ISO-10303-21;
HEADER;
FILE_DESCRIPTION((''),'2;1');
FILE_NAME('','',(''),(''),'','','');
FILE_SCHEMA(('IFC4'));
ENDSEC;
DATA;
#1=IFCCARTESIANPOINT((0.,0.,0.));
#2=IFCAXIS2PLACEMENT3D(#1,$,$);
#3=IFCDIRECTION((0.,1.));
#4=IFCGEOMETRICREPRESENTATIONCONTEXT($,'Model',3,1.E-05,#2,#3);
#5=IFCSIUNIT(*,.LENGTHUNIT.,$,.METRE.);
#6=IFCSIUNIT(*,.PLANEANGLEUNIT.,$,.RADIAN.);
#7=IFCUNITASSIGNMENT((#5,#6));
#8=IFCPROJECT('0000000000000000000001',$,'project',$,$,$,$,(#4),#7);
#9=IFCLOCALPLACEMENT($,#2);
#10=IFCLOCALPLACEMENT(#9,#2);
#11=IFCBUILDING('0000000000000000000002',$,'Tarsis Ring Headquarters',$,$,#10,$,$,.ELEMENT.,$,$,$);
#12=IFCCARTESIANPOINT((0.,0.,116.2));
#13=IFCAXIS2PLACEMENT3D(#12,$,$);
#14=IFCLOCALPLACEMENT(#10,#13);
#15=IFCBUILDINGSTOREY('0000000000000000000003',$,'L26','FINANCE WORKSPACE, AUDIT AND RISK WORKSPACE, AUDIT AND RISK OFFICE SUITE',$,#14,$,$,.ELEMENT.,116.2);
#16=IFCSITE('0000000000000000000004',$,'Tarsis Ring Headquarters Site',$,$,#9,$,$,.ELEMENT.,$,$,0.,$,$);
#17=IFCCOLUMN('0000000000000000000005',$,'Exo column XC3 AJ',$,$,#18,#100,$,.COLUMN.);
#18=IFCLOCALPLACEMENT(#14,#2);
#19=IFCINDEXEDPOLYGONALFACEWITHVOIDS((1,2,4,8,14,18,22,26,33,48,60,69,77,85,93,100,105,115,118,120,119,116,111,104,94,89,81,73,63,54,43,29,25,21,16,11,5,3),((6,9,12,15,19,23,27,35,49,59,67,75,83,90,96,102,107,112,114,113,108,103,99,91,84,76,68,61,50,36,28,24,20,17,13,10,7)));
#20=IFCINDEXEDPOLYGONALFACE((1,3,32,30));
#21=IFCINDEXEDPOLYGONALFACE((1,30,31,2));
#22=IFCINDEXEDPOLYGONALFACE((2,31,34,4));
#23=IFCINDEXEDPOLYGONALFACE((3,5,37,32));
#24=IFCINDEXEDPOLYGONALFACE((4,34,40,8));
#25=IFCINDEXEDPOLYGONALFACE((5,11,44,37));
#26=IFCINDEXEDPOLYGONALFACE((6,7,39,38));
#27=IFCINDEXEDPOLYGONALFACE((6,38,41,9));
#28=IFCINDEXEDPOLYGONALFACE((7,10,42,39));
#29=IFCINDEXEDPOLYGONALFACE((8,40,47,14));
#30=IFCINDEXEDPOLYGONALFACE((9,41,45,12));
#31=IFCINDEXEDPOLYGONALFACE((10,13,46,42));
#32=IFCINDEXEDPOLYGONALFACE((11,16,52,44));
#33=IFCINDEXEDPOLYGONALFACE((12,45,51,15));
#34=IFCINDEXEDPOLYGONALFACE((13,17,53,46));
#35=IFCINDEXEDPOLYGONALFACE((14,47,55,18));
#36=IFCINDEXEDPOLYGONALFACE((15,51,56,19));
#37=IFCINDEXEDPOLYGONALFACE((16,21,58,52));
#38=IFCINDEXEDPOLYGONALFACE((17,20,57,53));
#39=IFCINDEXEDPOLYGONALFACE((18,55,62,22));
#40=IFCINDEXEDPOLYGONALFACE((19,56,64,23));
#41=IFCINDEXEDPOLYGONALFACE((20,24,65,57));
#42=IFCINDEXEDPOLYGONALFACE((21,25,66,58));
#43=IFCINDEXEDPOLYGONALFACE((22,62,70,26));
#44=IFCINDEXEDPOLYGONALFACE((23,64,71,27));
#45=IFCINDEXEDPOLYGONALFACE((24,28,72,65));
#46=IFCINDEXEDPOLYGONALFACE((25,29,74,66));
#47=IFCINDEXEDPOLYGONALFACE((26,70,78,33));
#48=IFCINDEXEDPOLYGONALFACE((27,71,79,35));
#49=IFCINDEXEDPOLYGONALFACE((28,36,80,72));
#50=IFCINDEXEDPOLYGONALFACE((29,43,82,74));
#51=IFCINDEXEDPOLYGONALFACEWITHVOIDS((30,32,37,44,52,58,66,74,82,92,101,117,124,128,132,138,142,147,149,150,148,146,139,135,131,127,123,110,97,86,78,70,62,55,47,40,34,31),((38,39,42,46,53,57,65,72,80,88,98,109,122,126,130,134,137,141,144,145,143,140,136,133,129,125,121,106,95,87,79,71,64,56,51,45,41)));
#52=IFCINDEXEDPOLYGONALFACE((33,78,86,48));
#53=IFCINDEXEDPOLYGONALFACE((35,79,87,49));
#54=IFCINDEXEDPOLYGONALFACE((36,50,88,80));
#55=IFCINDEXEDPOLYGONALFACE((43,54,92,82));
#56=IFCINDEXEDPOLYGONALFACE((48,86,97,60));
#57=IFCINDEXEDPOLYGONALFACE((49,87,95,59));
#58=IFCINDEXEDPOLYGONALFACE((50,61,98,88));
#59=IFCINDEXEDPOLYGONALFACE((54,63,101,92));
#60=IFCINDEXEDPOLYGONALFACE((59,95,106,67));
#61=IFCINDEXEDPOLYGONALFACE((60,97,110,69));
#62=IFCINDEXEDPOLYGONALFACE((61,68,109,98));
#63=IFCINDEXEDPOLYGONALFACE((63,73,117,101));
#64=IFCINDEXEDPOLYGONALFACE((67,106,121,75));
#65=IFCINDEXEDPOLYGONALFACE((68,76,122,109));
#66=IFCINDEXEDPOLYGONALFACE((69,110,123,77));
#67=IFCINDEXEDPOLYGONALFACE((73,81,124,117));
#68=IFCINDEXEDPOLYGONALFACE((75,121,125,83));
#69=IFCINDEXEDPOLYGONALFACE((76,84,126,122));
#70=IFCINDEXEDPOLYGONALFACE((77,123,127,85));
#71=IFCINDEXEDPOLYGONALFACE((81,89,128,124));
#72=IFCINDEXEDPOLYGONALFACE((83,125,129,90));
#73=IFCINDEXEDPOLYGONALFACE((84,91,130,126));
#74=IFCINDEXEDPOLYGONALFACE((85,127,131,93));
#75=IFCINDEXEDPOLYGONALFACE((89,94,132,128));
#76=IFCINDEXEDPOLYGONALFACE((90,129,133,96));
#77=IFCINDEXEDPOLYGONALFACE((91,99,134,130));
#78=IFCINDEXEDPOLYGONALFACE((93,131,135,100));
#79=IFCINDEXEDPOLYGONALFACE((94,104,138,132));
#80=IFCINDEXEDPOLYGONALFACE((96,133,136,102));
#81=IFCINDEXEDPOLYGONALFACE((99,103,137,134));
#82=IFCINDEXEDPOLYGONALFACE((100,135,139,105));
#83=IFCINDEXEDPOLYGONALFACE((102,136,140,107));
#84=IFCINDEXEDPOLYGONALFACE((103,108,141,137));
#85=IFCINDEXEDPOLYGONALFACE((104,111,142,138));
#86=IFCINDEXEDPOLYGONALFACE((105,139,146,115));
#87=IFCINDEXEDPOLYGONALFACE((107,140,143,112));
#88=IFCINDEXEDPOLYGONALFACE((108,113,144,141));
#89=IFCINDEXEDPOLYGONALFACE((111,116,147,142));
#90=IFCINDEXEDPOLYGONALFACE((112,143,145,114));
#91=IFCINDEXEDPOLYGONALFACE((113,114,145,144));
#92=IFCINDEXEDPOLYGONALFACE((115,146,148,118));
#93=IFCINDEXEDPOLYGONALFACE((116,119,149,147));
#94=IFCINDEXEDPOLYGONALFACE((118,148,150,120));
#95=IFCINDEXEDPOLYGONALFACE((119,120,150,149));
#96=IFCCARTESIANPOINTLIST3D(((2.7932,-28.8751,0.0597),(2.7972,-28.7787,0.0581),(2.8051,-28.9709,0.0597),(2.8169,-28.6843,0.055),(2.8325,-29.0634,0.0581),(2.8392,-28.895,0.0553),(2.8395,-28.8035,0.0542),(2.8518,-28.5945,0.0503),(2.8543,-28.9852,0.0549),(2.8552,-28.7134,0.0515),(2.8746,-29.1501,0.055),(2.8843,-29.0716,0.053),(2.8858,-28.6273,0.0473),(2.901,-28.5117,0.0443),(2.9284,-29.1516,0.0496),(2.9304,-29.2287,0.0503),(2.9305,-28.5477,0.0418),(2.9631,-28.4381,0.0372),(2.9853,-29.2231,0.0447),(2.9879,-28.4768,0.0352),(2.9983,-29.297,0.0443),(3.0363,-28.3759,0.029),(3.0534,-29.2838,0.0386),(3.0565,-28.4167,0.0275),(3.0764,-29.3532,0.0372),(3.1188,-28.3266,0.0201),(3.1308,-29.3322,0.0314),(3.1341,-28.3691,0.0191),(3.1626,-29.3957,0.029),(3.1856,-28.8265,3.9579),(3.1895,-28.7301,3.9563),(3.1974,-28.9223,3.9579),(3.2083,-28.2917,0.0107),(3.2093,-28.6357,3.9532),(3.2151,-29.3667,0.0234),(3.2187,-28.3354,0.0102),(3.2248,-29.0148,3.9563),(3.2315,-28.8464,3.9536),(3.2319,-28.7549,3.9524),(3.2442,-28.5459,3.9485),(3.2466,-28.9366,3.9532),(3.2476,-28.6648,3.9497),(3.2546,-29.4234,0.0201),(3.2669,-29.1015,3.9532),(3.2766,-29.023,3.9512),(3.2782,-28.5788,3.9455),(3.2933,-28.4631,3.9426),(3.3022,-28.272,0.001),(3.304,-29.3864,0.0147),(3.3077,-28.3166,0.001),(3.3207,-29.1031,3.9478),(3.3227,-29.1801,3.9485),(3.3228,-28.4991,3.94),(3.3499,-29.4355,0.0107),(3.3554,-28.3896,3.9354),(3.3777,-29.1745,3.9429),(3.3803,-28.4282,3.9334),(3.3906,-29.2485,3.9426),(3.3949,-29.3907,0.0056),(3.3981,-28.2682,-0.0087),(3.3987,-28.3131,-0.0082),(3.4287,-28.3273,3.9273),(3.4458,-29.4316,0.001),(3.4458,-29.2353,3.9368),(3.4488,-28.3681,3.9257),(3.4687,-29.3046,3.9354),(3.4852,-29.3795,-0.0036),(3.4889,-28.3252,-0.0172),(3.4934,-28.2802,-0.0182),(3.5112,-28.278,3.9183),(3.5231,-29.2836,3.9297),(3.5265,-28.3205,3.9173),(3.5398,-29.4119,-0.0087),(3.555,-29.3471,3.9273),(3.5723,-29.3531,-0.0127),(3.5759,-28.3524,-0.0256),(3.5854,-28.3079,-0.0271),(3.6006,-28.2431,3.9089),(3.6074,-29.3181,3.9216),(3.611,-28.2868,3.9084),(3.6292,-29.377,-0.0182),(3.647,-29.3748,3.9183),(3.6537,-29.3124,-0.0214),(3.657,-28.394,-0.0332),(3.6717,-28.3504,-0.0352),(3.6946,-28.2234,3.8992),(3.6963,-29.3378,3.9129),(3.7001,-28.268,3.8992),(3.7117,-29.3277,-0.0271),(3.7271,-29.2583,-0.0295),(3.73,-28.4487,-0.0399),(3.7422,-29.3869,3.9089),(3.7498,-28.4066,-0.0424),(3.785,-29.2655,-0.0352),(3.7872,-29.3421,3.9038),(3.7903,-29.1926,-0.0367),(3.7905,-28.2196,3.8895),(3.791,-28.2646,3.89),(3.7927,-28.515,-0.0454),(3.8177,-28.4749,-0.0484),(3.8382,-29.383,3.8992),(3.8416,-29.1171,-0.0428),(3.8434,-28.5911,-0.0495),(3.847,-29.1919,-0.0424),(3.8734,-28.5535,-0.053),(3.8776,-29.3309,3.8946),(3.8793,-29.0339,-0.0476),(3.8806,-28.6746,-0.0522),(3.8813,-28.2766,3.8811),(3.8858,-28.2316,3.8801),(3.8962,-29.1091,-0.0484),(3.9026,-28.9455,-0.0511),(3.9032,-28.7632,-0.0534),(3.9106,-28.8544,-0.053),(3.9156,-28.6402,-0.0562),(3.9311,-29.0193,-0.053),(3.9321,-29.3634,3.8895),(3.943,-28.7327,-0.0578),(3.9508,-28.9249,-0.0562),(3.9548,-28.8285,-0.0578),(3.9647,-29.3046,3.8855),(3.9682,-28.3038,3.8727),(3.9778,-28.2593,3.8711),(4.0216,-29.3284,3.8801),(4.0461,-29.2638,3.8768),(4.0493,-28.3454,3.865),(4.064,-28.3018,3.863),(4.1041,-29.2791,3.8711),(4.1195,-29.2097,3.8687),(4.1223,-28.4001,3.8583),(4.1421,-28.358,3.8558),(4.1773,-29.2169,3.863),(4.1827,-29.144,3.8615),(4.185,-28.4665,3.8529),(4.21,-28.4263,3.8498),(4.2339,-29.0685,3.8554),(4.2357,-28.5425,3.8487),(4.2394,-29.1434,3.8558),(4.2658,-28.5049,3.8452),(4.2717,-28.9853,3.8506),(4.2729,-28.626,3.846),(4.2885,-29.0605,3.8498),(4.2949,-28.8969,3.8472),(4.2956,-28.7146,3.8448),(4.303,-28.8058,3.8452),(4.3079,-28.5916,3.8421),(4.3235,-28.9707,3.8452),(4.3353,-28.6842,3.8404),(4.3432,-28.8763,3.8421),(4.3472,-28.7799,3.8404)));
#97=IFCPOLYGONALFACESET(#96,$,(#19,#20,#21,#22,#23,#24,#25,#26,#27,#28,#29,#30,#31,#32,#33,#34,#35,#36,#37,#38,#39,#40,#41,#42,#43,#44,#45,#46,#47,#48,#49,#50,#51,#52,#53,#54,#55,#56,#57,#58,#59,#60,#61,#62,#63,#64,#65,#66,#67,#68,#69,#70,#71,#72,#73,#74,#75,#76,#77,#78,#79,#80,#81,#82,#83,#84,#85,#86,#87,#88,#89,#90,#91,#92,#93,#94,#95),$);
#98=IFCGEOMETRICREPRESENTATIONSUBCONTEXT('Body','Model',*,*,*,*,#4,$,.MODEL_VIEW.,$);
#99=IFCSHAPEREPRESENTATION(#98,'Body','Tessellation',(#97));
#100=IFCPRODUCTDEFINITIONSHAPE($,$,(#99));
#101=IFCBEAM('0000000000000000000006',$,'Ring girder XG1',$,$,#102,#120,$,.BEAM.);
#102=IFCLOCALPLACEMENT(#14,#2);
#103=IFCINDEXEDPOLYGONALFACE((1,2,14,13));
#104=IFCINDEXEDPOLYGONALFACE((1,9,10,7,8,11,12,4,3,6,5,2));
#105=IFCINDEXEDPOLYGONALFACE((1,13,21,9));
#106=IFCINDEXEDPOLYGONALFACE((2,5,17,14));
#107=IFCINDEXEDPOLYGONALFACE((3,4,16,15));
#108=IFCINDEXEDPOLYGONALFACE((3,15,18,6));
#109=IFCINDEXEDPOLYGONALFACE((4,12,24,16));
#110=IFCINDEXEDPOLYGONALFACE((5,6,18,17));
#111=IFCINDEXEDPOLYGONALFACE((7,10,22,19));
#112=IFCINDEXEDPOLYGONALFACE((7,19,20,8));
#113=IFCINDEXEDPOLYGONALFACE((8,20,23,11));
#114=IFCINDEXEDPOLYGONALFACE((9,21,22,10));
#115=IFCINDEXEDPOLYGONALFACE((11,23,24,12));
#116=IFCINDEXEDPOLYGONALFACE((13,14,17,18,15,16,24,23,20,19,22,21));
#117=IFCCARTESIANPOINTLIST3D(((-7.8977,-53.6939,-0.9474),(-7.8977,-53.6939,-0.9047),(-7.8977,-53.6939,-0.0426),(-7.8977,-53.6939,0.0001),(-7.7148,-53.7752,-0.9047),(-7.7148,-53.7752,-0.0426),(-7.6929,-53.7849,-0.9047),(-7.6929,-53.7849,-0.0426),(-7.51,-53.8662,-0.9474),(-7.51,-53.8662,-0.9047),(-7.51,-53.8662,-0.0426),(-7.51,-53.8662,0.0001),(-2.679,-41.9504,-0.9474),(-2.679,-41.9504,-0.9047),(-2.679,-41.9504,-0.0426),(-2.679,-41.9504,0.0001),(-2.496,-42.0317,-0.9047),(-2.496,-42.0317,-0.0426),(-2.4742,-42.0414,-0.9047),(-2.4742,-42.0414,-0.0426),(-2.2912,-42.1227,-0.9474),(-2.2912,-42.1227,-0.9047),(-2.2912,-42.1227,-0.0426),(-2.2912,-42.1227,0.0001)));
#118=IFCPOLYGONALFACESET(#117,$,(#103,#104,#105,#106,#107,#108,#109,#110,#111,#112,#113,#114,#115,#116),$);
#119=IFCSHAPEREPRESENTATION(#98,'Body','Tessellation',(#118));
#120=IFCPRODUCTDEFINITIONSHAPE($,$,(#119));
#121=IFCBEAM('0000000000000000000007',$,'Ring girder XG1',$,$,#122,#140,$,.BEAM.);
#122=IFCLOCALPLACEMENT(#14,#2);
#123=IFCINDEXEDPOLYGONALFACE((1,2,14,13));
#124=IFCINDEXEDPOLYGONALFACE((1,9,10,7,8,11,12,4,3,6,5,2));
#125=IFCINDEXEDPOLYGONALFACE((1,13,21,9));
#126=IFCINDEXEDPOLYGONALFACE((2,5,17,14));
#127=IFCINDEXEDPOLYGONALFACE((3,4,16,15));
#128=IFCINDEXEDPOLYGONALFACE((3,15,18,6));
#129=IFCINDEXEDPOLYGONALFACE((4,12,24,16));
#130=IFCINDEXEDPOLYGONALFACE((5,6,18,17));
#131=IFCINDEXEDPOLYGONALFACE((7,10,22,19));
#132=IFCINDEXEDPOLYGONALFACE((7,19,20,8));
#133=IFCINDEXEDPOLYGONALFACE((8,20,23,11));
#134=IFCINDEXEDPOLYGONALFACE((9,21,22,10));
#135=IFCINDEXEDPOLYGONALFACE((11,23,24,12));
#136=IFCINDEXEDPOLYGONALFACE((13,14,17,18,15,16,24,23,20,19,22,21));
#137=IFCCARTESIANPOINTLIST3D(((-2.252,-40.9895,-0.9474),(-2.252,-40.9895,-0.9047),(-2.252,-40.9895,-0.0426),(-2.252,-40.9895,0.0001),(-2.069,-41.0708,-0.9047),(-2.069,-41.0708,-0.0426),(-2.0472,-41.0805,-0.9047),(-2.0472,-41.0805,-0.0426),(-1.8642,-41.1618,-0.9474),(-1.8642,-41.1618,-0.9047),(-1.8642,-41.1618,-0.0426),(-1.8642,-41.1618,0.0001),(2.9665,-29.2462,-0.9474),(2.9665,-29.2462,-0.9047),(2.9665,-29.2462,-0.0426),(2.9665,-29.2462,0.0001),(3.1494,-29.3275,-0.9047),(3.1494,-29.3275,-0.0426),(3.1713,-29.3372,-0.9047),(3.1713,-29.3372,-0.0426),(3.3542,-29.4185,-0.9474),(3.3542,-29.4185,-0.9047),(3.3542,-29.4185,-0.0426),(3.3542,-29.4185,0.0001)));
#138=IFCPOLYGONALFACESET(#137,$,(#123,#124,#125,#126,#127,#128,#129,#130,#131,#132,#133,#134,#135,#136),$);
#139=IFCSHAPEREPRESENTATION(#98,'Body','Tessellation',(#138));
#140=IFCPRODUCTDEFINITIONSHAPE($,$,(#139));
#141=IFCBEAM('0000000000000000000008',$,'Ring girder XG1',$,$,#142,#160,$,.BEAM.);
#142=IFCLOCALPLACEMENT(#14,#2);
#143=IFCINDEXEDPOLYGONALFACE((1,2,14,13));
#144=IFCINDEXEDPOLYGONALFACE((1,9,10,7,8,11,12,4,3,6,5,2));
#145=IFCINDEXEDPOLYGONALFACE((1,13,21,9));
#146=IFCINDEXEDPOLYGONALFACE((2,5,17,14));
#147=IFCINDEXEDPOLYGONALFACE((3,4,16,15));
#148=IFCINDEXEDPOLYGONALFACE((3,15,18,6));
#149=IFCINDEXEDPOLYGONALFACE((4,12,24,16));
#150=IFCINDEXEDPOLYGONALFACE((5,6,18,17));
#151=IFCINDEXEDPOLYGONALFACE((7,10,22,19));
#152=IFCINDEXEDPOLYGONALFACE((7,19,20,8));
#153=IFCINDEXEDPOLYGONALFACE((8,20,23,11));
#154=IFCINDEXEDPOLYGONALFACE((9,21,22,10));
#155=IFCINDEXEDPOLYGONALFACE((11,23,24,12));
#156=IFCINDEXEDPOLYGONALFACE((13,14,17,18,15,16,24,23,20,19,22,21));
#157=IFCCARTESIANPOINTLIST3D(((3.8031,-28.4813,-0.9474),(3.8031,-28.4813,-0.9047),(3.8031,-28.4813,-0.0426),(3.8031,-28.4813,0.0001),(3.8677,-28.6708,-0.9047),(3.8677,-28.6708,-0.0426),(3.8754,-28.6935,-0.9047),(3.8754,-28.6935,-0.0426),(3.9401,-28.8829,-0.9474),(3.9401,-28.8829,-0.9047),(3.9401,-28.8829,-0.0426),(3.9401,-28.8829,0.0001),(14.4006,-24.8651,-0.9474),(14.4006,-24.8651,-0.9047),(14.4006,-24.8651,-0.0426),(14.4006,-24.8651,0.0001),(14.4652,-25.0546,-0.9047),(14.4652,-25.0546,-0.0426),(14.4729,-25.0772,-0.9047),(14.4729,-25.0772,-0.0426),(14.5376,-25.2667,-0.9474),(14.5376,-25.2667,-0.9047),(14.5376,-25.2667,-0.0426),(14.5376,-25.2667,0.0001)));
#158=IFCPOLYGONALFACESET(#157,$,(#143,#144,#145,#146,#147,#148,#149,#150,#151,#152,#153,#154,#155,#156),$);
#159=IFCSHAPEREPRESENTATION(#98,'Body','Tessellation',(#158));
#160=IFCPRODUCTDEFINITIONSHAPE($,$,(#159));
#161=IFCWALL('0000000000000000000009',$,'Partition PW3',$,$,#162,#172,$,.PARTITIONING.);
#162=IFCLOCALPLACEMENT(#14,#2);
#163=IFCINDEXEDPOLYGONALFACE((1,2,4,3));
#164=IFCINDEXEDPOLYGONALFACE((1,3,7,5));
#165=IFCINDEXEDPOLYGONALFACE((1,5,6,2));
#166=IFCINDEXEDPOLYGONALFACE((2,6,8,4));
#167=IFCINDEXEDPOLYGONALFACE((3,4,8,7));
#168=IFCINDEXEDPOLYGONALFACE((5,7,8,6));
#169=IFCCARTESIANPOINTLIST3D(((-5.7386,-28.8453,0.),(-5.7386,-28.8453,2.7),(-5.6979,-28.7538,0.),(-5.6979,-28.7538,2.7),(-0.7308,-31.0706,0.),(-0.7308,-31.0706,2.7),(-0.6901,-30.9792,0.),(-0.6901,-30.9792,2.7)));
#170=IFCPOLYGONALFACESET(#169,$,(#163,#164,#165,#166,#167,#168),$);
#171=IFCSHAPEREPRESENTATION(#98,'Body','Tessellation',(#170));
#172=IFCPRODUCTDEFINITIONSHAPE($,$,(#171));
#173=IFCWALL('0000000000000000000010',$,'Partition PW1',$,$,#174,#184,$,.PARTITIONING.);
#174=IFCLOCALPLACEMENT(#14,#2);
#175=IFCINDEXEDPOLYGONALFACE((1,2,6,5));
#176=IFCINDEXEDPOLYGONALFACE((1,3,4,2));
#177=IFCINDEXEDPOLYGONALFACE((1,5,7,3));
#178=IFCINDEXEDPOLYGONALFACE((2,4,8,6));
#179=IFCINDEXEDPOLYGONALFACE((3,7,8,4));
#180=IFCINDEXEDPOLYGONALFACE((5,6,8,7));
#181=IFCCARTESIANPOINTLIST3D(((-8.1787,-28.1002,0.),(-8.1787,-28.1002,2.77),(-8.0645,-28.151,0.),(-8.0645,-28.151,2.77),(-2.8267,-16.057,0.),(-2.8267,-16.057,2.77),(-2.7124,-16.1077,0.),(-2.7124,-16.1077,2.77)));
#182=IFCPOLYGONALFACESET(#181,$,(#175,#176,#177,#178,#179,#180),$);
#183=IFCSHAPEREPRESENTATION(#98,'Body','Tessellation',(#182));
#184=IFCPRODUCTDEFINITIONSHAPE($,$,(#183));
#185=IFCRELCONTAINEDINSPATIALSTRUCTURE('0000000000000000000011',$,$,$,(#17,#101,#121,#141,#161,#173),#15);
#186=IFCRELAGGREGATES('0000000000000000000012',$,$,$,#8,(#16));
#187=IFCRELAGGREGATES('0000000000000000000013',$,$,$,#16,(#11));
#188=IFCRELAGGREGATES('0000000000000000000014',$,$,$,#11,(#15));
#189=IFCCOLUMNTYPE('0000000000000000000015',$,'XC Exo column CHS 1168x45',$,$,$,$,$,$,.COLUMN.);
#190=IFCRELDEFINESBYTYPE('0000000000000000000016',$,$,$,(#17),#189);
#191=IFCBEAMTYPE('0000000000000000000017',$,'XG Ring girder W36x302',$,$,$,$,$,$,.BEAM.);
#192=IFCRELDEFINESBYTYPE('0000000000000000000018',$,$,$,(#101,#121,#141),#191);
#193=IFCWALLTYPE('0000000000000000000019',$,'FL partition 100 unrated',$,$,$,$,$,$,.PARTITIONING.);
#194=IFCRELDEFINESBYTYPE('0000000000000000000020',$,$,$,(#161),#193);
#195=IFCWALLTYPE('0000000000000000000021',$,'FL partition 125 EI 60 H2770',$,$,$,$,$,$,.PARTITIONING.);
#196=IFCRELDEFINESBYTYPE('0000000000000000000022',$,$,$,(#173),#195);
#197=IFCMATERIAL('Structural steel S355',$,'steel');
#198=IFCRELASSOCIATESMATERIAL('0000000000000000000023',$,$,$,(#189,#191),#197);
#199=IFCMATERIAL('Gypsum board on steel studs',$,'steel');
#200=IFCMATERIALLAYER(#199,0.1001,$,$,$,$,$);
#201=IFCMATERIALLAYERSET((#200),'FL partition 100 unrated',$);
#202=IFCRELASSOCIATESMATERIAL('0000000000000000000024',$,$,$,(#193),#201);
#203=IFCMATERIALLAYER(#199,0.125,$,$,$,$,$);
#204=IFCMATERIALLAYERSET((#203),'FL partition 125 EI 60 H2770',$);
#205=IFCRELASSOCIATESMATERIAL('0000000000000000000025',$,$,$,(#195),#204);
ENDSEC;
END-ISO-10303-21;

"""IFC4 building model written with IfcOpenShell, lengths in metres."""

from ifc_helpers import new_model, si_unit, direction, frame, frame_2d, origin, origin_2d, place, context, subcontext, project, spatial, rectangle, hollow_circle, i_section, extrude, material, layer, layer_set, material_profile, profile_set, type_object, element, save


model = new_model("IFC4")

# Units and contexts
model_context = context("Model", 3, precision=1e-05, world=origin(), true_north=direction((0.0, 1.0)))
body_context = subcontext(model_context, "Body", "Model", "MODEL_VIEW")
ifc_project = project(units=[si_unit("LENGTHUNIT", "METRE"), si_unit("PLANEANGLEUNIT", "RADIAN")], contexts=[model_context])

# Site, building, storey
site_placement = place(None, origin())
site = spatial("IfcSite", under=ifc_project, at=site_placement, Name="Tarsis Ring Headquarters Site", CompositionType="ELEMENT", RefElevation=0.0)
building_placement = place(site_placement, origin())
building = spatial("IfcBuilding", under=site, at=building_placement, Name="Tarsis Ring Headquarters", CompositionType="ELEMENT")
storey_placement = place(building_placement, frame((0.0, 0.0, 116.2)))
storey = spatial("IfcBuildingStorey", under=building, at=storey_placement, Name="L26", Description="FINANCE WORKSPACE, AUDIT AND RISK WORKSPACE, AUDIT AND RISK OFFICE SUITE", CompositionType="ELEMENT", Elevation=116.2)

# Column
ifc_material_1 = material(Name="Structural steel S355", Category="steel")
ifc_material_profile_1 = material_profile(ifc_material_1, hollow_circle(Radius=0.5842, WallThickness=0.0449, at=origin_2d()), Name="CHS 1168x45")
ifc_profile_set_1 = profile_set([ifc_material_profile_1], Name="Structural steel S355")
column_type = type_object("IfcColumnType", Name="XC Exo column CHS 1168x45", PredefinedType="COLUMN", material=ifc_profile_set_1)
column_1_placement = place(storey_placement, frame((3.374, -28.8518, 0.001), z_axis=(0.100131, 0.0124, 0.994897), x_axis=(-0.122895, 0.99242, 0.0)))
element("IfcColumn", 1, at=column_1_placement, inside=storey, type_object=column_type, Name="Exo column XC3 AJ", PredefinedType="COLUMN", context=body_context, shape_type="SweptSolid", body=[
    extrude(hollow_circle(Radius=0.5842, WallThickness=0.0449, at=origin_2d()), origin(), (0.0, 0.0, 1.0), 3.9182),
])

# Beams
ifc_material_profile_2 = material_profile(ifc_material_1, i_section(OverallWidth=0.4243, OverallDepth=0.9475, WebThickness=0.0239, FlangeThickness=0.0427, at=origin_2d()), Name="W36x302")
ifc_profile_set_2 = profile_set([ifc_material_profile_2], Name="Structural steel S355")
beam_type = type_object("IfcBeamType", Name="XG Ring girder W36x302", PredefinedType="BEAM", material=ifc_profile_set_2)
beam_1_placement = place(storey_placement, frame((-7.7039, -53.78, -0.4736), z_axis=(0.406103, 0.913827, 0.0), x_axis=(-0.913827, 0.406103, 0.0)))
element("IfcBeam", 2, at=beam_1_placement, inside=storey, type_object=beam_type, Name="Ring girder XG1", PredefinedType="BEAM", context=body_context, shape_type="SweptSolid", body=[
    extrude(i_section(OverallWidth=0.4243, OverallDepth=0.9475, WebThickness=0.0239, FlangeThickness=0.0427, at=origin_2d()), origin(), (0.0, 0.0, 1.0), 12.8508),
])
beam_2_placement = place(storey_placement, frame((-2.0581, -41.0757, -0.4736), z_axis=(0.406087, 0.913834, 0.0), x_axis=(-0.913834, 0.406087, 0.0)))
element("IfcBeam", 3, at=beam_2_placement, inside=storey, type_object=beam_type, Name="Ring girder XG1", PredefinedType="BEAM", context=body_context, shape_type="SweptSolid", body=[
    extrude(i_section(OverallWidth=0.4243, OverallDepth=0.9475, WebThickness=0.0239, FlangeThickness=0.0427, at=origin_2d()), origin(), (0.0, 0.0, 1.0), 12.8506),
])
beam_3_placement = place(storey_placement, frame((3.8716, -28.6821, -0.4736), z_axis=(0.946416, 0.32295, 0.0), x_axis=(-0.32295, 0.946416, 0.0)))
element("IfcBeam", 4, at=beam_3_placement, inside=storey, type_object=beam_type, Name="Ring girder XG1", PredefinedType="BEAM", context=body_context, shape_type="SweptSolid", body=[
    extrude(i_section(OverallWidth=0.4243, OverallDepth=0.9475, WebThickness=0.0239, FlangeThickness=0.0427, at=origin_2d()), origin(), (0.0, 0.0, 1.0), 11.1975),
])

# Walls
ifc_material_2 = material(Name="Gypsum board on steel studs", Category="steel")
ifc_layer_1 = layer(ifc_material_2, 0.1001)
ifc_layer_set_1 = layer_set([ifc_layer_1], Name="FL partition 100 unrated")
wall_type_1 = type_object("IfcWallType", Name="FL partition 100 unrated", PredefinedType="PARTITIONING", material=ifc_layer_set_1)
wall_1_placement = place(storey_placement, frame((-5.7183, -28.7996, 0.0), z_axis=(0.0, 0.0, 1.0), x_axis=(0.913835, -0.406085, 0.0)))
element("IfcWall", 5, at=wall_1_placement, inside=storey, type_object=wall_type_1, Name="Partition PW3", PredefinedType="PARTITIONING", context=body_context, shape_type="SweptSolid", body=[
    extrude(rectangle(XDim=5.48, YDim=0.1001, at=frame_2d((2.74, 0.0))), origin(), (0.0, 0.0, 1.0), 2.7),
])
ifc_layer_2 = layer(ifc_material_2, 0.125)
ifc_layer_set_2 = layer_set([ifc_layer_2], Name="FL partition 125 EI 60 H2770")
wall_type_2 = type_object("IfcWallType", Name="FL partition 125 EI 60 H2770", PredefinedType="PARTITIONING", material=ifc_layer_set_2)
wall_2_placement = place(storey_placement, frame((-8.1216, -28.1255, 0.0), z_axis=(0.0, 0.0, 1.0), x_axis=(0.406108, 0.913825, 0.0)))
element("IfcWall", 6, at=wall_2_placement, inside=storey, type_object=wall_type_2, Name="Partition PW1", PredefinedType="PARTITIONING", context=body_context, shape_type="SweptSolid", body=[
    extrude(rectangle(XDim=13.179, YDim=0.125, at=frame_2d((6.5894, 0.0))), origin(), (0.0, 0.0, 1.0), 2.77),
])

save(model, "model.ifc")
